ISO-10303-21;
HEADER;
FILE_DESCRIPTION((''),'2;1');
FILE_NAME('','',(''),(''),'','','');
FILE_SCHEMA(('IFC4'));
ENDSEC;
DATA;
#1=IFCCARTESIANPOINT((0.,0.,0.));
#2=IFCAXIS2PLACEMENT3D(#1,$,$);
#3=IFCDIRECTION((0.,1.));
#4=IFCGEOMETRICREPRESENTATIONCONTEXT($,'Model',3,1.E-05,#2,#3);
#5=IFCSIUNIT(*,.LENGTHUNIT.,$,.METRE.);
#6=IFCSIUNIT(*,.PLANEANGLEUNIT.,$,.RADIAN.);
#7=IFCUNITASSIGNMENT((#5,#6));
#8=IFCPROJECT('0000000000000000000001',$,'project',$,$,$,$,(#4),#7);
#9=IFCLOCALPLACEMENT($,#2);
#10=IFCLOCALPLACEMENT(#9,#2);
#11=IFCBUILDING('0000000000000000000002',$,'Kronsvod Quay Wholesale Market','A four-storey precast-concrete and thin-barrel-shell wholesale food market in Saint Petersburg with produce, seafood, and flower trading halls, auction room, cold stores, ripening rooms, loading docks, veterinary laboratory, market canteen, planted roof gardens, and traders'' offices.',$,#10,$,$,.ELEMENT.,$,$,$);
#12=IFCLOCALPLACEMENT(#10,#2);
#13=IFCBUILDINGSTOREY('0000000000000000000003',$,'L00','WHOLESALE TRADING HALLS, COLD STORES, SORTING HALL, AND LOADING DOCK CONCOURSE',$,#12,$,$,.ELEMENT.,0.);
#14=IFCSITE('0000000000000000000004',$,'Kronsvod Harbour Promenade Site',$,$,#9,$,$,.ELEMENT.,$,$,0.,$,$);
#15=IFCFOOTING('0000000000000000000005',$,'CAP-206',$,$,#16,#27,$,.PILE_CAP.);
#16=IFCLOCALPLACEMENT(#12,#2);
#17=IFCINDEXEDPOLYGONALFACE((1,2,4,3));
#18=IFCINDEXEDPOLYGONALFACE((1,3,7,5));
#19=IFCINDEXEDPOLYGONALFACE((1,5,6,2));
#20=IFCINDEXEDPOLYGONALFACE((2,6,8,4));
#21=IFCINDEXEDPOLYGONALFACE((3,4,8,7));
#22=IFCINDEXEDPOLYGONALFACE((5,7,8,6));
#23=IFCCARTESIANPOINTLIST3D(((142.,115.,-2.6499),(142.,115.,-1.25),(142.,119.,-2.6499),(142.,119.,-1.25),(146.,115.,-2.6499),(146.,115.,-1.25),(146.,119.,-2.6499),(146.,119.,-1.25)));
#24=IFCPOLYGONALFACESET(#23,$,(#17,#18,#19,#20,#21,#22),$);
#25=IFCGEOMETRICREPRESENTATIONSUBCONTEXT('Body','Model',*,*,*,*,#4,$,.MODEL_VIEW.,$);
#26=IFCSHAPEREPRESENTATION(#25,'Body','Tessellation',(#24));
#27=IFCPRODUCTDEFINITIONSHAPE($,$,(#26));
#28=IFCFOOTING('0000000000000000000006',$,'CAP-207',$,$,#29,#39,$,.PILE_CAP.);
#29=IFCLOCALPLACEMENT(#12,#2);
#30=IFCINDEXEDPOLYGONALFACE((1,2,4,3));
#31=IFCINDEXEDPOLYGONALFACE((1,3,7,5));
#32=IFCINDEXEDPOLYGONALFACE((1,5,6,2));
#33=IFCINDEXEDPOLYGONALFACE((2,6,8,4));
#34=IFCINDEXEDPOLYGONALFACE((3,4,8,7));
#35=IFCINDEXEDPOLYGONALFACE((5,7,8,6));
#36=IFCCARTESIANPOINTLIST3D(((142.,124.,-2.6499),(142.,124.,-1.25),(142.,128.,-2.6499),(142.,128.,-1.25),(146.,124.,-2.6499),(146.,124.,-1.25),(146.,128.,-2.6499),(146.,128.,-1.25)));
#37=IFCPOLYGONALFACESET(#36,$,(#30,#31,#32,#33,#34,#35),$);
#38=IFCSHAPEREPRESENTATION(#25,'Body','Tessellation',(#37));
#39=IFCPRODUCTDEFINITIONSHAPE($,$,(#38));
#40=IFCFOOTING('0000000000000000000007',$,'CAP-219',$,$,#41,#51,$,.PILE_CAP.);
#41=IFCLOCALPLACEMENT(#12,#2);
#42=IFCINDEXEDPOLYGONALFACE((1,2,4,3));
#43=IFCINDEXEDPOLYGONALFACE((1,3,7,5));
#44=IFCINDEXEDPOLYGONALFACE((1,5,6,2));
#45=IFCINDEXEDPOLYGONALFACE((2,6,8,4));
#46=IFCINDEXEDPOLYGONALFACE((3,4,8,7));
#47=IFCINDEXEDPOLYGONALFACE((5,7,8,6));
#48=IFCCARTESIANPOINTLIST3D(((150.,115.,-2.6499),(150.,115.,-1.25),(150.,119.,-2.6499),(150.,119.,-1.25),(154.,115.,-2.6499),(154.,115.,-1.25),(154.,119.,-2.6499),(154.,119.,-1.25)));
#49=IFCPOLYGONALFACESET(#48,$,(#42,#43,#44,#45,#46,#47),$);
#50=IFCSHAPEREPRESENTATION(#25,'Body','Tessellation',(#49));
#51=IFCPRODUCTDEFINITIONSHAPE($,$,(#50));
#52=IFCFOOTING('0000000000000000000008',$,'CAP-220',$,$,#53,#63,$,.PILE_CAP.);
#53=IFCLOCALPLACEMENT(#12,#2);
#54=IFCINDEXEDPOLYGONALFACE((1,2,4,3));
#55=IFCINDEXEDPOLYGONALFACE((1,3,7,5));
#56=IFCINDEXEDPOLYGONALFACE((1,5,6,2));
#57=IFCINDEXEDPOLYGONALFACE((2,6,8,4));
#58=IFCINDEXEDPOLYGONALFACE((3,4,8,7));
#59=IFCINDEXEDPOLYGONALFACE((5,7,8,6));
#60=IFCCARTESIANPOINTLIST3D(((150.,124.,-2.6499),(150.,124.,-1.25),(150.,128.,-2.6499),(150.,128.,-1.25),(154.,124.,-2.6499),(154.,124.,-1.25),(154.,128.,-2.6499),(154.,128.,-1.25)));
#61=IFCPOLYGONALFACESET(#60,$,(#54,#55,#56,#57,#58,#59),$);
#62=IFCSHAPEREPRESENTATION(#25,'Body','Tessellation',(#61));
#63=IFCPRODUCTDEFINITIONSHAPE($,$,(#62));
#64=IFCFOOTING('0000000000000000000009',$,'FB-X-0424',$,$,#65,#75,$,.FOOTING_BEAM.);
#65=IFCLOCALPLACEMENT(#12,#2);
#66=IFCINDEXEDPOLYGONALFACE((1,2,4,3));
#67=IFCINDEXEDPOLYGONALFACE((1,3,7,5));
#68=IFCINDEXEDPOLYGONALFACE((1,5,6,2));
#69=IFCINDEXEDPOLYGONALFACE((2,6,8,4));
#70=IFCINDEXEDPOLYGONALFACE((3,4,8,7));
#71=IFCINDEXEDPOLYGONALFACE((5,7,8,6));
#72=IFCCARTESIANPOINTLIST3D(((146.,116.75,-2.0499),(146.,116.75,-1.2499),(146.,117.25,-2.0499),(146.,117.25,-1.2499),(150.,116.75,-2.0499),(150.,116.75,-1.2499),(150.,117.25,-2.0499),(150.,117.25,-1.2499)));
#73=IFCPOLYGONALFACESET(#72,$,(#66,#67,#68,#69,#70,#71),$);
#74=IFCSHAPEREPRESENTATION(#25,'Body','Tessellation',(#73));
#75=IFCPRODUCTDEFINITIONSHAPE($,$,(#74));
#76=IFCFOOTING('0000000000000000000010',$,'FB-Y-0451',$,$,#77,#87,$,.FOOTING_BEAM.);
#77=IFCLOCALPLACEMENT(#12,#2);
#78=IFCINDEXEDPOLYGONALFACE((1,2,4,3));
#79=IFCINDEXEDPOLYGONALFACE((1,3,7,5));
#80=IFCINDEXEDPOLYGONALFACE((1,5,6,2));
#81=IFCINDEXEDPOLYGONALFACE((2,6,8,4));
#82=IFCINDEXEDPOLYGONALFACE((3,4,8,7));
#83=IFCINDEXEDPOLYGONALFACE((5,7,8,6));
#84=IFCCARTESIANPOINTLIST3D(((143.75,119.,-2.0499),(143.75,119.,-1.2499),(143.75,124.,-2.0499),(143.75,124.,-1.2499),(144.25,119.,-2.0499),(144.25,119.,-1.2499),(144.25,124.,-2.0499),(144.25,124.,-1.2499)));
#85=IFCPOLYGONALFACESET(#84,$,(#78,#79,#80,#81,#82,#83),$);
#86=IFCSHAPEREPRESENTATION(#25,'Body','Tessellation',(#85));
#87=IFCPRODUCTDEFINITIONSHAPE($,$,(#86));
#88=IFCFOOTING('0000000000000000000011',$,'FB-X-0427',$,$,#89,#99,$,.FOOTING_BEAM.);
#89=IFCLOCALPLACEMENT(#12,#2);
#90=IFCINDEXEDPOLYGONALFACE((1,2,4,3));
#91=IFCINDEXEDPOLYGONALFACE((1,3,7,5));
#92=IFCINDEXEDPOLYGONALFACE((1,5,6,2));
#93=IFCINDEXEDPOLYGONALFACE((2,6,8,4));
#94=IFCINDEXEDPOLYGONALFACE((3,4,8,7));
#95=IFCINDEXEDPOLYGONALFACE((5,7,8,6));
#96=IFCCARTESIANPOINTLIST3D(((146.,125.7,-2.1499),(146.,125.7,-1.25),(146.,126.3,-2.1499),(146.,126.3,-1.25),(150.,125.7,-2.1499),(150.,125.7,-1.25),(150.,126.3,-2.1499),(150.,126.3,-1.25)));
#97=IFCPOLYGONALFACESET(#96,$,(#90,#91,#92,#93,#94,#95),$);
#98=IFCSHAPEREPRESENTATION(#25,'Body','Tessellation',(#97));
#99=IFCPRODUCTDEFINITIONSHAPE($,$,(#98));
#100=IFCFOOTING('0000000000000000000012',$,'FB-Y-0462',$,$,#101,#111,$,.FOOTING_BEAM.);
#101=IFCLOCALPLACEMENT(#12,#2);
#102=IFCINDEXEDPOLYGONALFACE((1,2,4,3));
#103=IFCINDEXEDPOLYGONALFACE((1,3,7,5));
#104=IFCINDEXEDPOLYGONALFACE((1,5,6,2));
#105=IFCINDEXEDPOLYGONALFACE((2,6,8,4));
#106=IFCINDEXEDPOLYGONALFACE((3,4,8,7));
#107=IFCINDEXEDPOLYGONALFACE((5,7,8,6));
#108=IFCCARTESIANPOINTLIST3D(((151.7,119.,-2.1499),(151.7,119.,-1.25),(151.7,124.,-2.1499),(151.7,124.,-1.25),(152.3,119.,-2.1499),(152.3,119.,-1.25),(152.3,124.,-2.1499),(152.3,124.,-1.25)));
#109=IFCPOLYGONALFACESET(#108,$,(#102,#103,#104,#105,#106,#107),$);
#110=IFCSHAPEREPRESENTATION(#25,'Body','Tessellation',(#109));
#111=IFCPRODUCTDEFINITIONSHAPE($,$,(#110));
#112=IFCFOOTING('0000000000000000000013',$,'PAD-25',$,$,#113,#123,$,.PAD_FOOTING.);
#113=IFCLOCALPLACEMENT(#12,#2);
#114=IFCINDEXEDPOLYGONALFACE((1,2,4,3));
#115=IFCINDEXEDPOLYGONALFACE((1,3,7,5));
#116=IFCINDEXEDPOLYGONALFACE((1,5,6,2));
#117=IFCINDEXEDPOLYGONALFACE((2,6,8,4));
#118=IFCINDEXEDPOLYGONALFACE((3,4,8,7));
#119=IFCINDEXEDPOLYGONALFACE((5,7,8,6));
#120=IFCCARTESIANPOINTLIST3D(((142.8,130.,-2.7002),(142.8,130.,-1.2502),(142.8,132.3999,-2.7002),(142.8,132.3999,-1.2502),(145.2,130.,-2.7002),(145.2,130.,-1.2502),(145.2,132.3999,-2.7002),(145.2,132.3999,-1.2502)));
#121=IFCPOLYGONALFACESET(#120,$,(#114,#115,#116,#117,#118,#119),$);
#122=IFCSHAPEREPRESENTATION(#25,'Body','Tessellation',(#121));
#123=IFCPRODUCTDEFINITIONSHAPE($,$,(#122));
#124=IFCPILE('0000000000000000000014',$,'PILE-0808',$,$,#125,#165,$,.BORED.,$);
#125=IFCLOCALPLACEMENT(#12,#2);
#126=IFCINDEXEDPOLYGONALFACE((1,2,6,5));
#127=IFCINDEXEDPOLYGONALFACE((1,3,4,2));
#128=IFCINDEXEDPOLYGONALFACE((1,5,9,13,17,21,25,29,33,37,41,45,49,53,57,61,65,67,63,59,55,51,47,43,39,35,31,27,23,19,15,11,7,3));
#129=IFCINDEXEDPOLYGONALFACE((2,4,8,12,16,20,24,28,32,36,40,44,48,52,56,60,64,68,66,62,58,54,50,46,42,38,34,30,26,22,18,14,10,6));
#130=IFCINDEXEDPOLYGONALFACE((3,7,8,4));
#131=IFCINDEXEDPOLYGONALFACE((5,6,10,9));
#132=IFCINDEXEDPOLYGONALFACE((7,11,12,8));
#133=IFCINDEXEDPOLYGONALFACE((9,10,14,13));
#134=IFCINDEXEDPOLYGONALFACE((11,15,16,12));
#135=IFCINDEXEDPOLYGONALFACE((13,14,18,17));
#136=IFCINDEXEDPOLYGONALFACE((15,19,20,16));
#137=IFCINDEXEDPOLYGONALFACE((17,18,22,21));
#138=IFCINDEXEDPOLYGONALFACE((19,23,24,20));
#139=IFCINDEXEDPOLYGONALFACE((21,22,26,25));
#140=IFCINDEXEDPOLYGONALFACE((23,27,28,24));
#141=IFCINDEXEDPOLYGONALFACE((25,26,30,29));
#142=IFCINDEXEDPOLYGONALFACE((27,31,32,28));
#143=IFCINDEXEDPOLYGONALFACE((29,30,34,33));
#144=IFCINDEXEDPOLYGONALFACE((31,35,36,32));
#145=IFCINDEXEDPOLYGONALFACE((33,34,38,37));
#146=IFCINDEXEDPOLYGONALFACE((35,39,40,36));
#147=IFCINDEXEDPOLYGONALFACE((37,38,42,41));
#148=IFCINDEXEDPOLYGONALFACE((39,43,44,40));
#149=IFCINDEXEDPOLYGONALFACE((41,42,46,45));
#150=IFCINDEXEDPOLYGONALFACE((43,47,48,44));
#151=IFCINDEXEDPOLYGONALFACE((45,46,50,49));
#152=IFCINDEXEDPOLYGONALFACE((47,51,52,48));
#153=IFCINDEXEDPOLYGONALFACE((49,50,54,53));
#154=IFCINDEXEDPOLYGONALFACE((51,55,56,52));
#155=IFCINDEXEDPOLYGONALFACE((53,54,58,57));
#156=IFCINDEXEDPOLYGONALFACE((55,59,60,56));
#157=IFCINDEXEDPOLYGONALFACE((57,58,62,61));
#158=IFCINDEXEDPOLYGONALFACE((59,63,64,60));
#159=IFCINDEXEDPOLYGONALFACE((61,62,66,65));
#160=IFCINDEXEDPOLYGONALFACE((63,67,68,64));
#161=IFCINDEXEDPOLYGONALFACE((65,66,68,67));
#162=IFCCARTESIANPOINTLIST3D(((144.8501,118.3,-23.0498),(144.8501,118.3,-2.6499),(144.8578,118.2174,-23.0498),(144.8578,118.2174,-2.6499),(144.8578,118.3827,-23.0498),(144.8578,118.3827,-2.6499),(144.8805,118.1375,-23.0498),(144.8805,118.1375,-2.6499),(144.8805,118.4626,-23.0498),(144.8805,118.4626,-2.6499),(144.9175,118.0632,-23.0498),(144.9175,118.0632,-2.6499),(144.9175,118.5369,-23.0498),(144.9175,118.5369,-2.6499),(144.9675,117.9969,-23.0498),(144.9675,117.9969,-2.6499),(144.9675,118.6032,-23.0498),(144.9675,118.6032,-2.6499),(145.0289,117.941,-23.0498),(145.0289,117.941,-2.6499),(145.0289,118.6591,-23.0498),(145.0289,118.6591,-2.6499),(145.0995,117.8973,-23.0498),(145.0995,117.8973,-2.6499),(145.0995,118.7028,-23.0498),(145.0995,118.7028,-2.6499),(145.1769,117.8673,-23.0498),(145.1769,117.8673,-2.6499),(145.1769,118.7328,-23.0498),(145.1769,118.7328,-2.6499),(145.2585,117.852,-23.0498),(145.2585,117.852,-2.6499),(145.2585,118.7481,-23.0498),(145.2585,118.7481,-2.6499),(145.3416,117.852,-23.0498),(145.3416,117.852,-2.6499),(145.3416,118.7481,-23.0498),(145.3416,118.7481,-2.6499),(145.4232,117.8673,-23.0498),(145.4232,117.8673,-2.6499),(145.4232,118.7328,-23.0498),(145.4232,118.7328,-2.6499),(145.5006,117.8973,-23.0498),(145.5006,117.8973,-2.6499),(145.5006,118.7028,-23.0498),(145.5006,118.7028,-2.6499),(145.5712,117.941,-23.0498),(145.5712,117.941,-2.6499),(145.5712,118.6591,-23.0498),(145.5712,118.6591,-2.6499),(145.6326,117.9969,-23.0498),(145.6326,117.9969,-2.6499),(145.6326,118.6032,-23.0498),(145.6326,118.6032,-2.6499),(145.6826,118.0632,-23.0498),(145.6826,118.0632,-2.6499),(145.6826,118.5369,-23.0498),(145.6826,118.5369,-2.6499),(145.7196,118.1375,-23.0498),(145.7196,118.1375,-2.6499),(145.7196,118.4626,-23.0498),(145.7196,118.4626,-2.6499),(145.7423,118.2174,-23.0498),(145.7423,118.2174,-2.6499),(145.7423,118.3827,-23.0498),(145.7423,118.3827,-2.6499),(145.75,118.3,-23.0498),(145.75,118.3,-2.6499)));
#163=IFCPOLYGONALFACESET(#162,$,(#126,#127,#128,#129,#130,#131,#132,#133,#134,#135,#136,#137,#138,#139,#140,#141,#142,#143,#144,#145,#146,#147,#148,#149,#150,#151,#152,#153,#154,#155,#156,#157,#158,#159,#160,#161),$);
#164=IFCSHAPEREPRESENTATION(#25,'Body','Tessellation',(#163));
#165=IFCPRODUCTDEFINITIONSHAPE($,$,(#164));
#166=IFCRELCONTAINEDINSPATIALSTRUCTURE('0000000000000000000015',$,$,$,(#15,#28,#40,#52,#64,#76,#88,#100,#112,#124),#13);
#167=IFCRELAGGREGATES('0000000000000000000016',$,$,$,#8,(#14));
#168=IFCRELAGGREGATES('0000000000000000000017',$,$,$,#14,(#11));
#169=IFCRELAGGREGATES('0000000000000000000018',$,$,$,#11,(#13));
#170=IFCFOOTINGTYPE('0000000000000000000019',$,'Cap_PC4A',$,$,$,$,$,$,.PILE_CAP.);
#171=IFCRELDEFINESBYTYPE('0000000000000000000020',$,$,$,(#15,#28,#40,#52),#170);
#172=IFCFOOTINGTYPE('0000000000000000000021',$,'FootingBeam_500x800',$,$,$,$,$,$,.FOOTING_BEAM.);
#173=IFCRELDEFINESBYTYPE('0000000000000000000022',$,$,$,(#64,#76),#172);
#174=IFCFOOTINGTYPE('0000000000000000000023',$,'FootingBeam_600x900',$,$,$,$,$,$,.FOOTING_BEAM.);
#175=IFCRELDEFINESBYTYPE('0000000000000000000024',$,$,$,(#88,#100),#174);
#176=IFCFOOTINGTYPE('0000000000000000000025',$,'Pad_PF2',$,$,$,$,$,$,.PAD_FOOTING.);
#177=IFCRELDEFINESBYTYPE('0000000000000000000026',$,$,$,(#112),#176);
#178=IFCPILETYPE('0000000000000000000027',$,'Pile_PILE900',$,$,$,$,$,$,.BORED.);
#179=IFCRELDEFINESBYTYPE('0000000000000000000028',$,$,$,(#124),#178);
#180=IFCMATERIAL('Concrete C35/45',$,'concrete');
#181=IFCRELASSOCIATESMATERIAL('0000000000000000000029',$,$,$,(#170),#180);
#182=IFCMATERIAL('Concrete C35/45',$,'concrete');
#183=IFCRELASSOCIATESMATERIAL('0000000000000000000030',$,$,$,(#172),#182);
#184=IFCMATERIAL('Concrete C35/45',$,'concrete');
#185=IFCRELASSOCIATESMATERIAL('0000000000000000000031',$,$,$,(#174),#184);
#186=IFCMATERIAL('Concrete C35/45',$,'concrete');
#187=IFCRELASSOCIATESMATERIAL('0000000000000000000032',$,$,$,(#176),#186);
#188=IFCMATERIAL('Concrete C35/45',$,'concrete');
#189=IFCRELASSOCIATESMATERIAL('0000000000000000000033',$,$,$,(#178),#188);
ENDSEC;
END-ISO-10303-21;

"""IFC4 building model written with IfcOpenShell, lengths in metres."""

from ifc_helpers import new_model, si_unit, direction, frame, origin, origin_2d, place, context, subcontext, project, spatial, rectangle, circle, extrude, material, material_profile, profile_set, type_object, element, save


model = new_model("IFC4")

# Units and contexts
model_context = context("Model", 3, precision=1e-05, world=origin(), true_north=direction((0.0, 1.0)))
body_context = subcontext(model_context, "Body", "Model", "MODEL_VIEW")
ifc_project = project(units=[si_unit("LENGTHUNIT", "METRE"), si_unit("PLANEANGLEUNIT", "RADIAN")], contexts=[model_context])

# Site, building, storey
site_placement = place(None, origin())
site = spatial("IfcSite", under=ifc_project, at=site_placement, Name="Kronsvod Harbour Promenade Site", CompositionType="ELEMENT", RefElevation=0.0)
building_placement = place(site_placement, origin())
building = spatial("IfcBuilding", under=site, at=building_placement, Name="Kronsvod Quay Wholesale Market", Description="A four-storey precast-concrete and thin-barrel-shell wholesale food market in Saint Petersburg with produce, seafood, and flower trading halls, auction room, cold stores, ripening rooms, loading docks, veterinary laboratory, market canteen, planted roof gardens, and traders' offices.", CompositionType="ELEMENT")
storey_placement = place(building_placement, origin())
storey = spatial("IfcBuildingStorey", under=building, at=storey_placement, Name="L00", Description="WHOLESALE TRADING HALLS, COLD STORES, SORTING HALL, AND LOADING DOCK CONCOURSE", CompositionType="ELEMENT", Elevation=0.0)

# Footings
ifc_material_1 = material(Name="Concrete C35/45", Category="concrete")
footing_type_1 = type_object("IfcFootingType", Name="Cap_PC4A", PredefinedType="PILE_CAP", material=ifc_material_1)
for number, where, z_axis, x_axis, name in (
    (1, (144.0, 117.0, -2.6499), (0.0, 0.0, 1.0), (1.0, 0.0, 0.0), "CAP-206"),
    (2, (144.0, 126.0, -2.6499), (0.0, 0.0, 1.0), (1.0, 0.0, 0.0), "CAP-207"),
    (3, (152.0, 117.0, -2.6499), (0.0, 0.0, 1.0), (1.0, 0.0, 0.0), "CAP-219"),
    (4, (152.0, 126.0, -2.6499), (0.0, 0.0, 1.0), (1.0, 0.0, 0.0), "CAP-220"),
):
    element("IfcFooting", number, at=place(storey_placement, frame(where, z_axis=z_axis, x_axis=x_axis)), inside=storey, type_object=footing_type_1, Name=name, PredefinedType="PILE_CAP", context=body_context, shape_type="SweptSolid", body=[
        extrude(rectangle(XDim=4.0, YDim=4.0, at=origin_2d()), origin(), (0.0, 0.0, 1.0), 1.3999),
    ])
ifc_material_2 = material(Name="Concrete C35/45", Category="concrete")
ifc_material_profile_1 = material_profile(ifc_material_2, rectangle(XDim=0.5, YDim=0.8, at=origin_2d()), Name="FB-01")
ifc_profile_set_1 = profile_set([ifc_material_profile_1], Name="Concrete C35/45")
footing_type_2 = type_object("IfcFootingType", Name="FootingBeam_500x800", PredefinedType="FOOTING_BEAM", material=ifc_profile_set_1)
footing_1_placement = place(storey_placement, frame((146.0, 117.0, -1.6499), z_axis=(1.0, 0.0, 0.0), x_axis=(0.0, 1.0, 0.0)))
element("IfcFooting", 5, at=footing_1_placement, inside=storey, type_object=footing_type_2, Name="FB-X-0424", PredefinedType="FOOTING_BEAM", context=body_context, shape_type="SweptSolid", body=[
    extrude(rectangle(XDim=0.5, YDim=0.8, at=origin_2d()), origin(), (0.0, 0.0, 1.0), 4.0),
])
footing_2_placement = place(storey_placement, frame((144.0, 119.0, -1.6499), z_axis=(0.0, 1.0, 0.0), x_axis=(-1.0, 0.0, 0.0)))
element("IfcFooting", 6, at=footing_2_placement, inside=storey, type_object=footing_type_2, Name="FB-Y-0451", PredefinedType="FOOTING_BEAM", context=body_context, shape_type="SweptSolid", body=[
    extrude(rectangle(XDim=0.5, YDim=0.8, at=origin_2d()), origin(), (0.0, 0.0, 1.0), 5.0),
])
ifc_material_3 = material(Name="Concrete C35/45", Category="concrete")
ifc_material_profile_2 = material_profile(ifc_material_3, rectangle(XDim=0.6001, YDim=0.8999, at=origin_2d()), Name="FB-02")
ifc_profile_set_2 = profile_set([ifc_material_profile_2], Name="Concrete C35/45")
footing_type_3 = type_object("IfcFootingType", Name="FootingBeam_600x900", PredefinedType="FOOTING_BEAM", material=ifc_profile_set_2)
footing_3_placement = place(storey_placement, frame((146.0, 126.0, -1.7), z_axis=(1.0, 0.0, 0.0), x_axis=(0.0, 1.0, 0.0)))
element("IfcFooting", 7, at=footing_3_placement, inside=storey, type_object=footing_type_3, Name="FB-X-0427", PredefinedType="FOOTING_BEAM", context=body_context, shape_type="SweptSolid", body=[
    extrude(rectangle(XDim=0.6001, YDim=0.8999, at=origin_2d()), origin(), (0.0, 0.0, 1.0), 4.0),
])
footing_4_placement = place(storey_placement, frame((152.0, 119.0, -1.7), z_axis=(0.0, 1.0, 0.0), x_axis=(-1.0, 0.0, 0.0)))
element("IfcFooting", 8, at=footing_4_placement, inside=storey, type_object=footing_type_3, Name="FB-Y-0462", PredefinedType="FOOTING_BEAM", context=body_context, shape_type="SweptSolid", body=[
    extrude(rectangle(XDim=0.6001, YDim=0.8999, at=origin_2d()), origin(), (0.0, 0.0, 1.0), 5.0),
])
ifc_material_4 = material(Name="Concrete C35/45", Category="concrete")
footing_type_4 = type_object("IfcFootingType", Name="Pad_PF2", PredefinedType="PAD_FOOTING", material=ifc_material_4)
footing_5_placement = place(storey_placement, frame((144.0, 131.2, -2.7002), z_axis=(0.0, 0.0, 1.0), x_axis=(1.0, 0.0, 0.0)))
element("IfcFooting", 9, at=footing_5_placement, inside=storey, type_object=footing_type_4, Name="PAD-25", PredefinedType="PAD_FOOTING", context=body_context, shape_type="SweptSolid", body=[
    extrude(rectangle(XDim=2.3999, YDim=2.3999, at=origin_2d()), origin(), (0.0, 0.0, 1.0), 1.45),
])

# Pile
ifc_material_5 = material(Name="Concrete C35/45", Category="concrete")
ifc_material_profile_3 = material_profile(ifc_material_5, circle(Radius=0.45, at=origin_2d()), Name="PILE900")
ifc_profile_set_3 = profile_set([ifc_material_profile_3], Name="Concrete C35/45")
pile_type = type_object("IfcPileType", Name="Pile_PILE900", PredefinedType="BORED", material=ifc_profile_set_3)
for number, where, z_axis, x_axis, name in (
    (10, (145.3, 118.3, -2.6499), (0.0, 0.0, -1.0), (1.0, 0.0, 0.0), "PILE-0808"),
):
    element("IfcPile", number, at=place(storey_placement, frame(where, z_axis=z_axis, x_axis=x_axis)), inside=storey, type_object=pile_type, Name=name, PredefinedType="BORED", context=body_context, shape_type="SweptSolid", body=[
        extrude(circle(Radius=0.45, at=origin_2d()), origin(), (0.0, 0.0, 1.0), 20.3999),
    ])

save(model, "model.ifc")
